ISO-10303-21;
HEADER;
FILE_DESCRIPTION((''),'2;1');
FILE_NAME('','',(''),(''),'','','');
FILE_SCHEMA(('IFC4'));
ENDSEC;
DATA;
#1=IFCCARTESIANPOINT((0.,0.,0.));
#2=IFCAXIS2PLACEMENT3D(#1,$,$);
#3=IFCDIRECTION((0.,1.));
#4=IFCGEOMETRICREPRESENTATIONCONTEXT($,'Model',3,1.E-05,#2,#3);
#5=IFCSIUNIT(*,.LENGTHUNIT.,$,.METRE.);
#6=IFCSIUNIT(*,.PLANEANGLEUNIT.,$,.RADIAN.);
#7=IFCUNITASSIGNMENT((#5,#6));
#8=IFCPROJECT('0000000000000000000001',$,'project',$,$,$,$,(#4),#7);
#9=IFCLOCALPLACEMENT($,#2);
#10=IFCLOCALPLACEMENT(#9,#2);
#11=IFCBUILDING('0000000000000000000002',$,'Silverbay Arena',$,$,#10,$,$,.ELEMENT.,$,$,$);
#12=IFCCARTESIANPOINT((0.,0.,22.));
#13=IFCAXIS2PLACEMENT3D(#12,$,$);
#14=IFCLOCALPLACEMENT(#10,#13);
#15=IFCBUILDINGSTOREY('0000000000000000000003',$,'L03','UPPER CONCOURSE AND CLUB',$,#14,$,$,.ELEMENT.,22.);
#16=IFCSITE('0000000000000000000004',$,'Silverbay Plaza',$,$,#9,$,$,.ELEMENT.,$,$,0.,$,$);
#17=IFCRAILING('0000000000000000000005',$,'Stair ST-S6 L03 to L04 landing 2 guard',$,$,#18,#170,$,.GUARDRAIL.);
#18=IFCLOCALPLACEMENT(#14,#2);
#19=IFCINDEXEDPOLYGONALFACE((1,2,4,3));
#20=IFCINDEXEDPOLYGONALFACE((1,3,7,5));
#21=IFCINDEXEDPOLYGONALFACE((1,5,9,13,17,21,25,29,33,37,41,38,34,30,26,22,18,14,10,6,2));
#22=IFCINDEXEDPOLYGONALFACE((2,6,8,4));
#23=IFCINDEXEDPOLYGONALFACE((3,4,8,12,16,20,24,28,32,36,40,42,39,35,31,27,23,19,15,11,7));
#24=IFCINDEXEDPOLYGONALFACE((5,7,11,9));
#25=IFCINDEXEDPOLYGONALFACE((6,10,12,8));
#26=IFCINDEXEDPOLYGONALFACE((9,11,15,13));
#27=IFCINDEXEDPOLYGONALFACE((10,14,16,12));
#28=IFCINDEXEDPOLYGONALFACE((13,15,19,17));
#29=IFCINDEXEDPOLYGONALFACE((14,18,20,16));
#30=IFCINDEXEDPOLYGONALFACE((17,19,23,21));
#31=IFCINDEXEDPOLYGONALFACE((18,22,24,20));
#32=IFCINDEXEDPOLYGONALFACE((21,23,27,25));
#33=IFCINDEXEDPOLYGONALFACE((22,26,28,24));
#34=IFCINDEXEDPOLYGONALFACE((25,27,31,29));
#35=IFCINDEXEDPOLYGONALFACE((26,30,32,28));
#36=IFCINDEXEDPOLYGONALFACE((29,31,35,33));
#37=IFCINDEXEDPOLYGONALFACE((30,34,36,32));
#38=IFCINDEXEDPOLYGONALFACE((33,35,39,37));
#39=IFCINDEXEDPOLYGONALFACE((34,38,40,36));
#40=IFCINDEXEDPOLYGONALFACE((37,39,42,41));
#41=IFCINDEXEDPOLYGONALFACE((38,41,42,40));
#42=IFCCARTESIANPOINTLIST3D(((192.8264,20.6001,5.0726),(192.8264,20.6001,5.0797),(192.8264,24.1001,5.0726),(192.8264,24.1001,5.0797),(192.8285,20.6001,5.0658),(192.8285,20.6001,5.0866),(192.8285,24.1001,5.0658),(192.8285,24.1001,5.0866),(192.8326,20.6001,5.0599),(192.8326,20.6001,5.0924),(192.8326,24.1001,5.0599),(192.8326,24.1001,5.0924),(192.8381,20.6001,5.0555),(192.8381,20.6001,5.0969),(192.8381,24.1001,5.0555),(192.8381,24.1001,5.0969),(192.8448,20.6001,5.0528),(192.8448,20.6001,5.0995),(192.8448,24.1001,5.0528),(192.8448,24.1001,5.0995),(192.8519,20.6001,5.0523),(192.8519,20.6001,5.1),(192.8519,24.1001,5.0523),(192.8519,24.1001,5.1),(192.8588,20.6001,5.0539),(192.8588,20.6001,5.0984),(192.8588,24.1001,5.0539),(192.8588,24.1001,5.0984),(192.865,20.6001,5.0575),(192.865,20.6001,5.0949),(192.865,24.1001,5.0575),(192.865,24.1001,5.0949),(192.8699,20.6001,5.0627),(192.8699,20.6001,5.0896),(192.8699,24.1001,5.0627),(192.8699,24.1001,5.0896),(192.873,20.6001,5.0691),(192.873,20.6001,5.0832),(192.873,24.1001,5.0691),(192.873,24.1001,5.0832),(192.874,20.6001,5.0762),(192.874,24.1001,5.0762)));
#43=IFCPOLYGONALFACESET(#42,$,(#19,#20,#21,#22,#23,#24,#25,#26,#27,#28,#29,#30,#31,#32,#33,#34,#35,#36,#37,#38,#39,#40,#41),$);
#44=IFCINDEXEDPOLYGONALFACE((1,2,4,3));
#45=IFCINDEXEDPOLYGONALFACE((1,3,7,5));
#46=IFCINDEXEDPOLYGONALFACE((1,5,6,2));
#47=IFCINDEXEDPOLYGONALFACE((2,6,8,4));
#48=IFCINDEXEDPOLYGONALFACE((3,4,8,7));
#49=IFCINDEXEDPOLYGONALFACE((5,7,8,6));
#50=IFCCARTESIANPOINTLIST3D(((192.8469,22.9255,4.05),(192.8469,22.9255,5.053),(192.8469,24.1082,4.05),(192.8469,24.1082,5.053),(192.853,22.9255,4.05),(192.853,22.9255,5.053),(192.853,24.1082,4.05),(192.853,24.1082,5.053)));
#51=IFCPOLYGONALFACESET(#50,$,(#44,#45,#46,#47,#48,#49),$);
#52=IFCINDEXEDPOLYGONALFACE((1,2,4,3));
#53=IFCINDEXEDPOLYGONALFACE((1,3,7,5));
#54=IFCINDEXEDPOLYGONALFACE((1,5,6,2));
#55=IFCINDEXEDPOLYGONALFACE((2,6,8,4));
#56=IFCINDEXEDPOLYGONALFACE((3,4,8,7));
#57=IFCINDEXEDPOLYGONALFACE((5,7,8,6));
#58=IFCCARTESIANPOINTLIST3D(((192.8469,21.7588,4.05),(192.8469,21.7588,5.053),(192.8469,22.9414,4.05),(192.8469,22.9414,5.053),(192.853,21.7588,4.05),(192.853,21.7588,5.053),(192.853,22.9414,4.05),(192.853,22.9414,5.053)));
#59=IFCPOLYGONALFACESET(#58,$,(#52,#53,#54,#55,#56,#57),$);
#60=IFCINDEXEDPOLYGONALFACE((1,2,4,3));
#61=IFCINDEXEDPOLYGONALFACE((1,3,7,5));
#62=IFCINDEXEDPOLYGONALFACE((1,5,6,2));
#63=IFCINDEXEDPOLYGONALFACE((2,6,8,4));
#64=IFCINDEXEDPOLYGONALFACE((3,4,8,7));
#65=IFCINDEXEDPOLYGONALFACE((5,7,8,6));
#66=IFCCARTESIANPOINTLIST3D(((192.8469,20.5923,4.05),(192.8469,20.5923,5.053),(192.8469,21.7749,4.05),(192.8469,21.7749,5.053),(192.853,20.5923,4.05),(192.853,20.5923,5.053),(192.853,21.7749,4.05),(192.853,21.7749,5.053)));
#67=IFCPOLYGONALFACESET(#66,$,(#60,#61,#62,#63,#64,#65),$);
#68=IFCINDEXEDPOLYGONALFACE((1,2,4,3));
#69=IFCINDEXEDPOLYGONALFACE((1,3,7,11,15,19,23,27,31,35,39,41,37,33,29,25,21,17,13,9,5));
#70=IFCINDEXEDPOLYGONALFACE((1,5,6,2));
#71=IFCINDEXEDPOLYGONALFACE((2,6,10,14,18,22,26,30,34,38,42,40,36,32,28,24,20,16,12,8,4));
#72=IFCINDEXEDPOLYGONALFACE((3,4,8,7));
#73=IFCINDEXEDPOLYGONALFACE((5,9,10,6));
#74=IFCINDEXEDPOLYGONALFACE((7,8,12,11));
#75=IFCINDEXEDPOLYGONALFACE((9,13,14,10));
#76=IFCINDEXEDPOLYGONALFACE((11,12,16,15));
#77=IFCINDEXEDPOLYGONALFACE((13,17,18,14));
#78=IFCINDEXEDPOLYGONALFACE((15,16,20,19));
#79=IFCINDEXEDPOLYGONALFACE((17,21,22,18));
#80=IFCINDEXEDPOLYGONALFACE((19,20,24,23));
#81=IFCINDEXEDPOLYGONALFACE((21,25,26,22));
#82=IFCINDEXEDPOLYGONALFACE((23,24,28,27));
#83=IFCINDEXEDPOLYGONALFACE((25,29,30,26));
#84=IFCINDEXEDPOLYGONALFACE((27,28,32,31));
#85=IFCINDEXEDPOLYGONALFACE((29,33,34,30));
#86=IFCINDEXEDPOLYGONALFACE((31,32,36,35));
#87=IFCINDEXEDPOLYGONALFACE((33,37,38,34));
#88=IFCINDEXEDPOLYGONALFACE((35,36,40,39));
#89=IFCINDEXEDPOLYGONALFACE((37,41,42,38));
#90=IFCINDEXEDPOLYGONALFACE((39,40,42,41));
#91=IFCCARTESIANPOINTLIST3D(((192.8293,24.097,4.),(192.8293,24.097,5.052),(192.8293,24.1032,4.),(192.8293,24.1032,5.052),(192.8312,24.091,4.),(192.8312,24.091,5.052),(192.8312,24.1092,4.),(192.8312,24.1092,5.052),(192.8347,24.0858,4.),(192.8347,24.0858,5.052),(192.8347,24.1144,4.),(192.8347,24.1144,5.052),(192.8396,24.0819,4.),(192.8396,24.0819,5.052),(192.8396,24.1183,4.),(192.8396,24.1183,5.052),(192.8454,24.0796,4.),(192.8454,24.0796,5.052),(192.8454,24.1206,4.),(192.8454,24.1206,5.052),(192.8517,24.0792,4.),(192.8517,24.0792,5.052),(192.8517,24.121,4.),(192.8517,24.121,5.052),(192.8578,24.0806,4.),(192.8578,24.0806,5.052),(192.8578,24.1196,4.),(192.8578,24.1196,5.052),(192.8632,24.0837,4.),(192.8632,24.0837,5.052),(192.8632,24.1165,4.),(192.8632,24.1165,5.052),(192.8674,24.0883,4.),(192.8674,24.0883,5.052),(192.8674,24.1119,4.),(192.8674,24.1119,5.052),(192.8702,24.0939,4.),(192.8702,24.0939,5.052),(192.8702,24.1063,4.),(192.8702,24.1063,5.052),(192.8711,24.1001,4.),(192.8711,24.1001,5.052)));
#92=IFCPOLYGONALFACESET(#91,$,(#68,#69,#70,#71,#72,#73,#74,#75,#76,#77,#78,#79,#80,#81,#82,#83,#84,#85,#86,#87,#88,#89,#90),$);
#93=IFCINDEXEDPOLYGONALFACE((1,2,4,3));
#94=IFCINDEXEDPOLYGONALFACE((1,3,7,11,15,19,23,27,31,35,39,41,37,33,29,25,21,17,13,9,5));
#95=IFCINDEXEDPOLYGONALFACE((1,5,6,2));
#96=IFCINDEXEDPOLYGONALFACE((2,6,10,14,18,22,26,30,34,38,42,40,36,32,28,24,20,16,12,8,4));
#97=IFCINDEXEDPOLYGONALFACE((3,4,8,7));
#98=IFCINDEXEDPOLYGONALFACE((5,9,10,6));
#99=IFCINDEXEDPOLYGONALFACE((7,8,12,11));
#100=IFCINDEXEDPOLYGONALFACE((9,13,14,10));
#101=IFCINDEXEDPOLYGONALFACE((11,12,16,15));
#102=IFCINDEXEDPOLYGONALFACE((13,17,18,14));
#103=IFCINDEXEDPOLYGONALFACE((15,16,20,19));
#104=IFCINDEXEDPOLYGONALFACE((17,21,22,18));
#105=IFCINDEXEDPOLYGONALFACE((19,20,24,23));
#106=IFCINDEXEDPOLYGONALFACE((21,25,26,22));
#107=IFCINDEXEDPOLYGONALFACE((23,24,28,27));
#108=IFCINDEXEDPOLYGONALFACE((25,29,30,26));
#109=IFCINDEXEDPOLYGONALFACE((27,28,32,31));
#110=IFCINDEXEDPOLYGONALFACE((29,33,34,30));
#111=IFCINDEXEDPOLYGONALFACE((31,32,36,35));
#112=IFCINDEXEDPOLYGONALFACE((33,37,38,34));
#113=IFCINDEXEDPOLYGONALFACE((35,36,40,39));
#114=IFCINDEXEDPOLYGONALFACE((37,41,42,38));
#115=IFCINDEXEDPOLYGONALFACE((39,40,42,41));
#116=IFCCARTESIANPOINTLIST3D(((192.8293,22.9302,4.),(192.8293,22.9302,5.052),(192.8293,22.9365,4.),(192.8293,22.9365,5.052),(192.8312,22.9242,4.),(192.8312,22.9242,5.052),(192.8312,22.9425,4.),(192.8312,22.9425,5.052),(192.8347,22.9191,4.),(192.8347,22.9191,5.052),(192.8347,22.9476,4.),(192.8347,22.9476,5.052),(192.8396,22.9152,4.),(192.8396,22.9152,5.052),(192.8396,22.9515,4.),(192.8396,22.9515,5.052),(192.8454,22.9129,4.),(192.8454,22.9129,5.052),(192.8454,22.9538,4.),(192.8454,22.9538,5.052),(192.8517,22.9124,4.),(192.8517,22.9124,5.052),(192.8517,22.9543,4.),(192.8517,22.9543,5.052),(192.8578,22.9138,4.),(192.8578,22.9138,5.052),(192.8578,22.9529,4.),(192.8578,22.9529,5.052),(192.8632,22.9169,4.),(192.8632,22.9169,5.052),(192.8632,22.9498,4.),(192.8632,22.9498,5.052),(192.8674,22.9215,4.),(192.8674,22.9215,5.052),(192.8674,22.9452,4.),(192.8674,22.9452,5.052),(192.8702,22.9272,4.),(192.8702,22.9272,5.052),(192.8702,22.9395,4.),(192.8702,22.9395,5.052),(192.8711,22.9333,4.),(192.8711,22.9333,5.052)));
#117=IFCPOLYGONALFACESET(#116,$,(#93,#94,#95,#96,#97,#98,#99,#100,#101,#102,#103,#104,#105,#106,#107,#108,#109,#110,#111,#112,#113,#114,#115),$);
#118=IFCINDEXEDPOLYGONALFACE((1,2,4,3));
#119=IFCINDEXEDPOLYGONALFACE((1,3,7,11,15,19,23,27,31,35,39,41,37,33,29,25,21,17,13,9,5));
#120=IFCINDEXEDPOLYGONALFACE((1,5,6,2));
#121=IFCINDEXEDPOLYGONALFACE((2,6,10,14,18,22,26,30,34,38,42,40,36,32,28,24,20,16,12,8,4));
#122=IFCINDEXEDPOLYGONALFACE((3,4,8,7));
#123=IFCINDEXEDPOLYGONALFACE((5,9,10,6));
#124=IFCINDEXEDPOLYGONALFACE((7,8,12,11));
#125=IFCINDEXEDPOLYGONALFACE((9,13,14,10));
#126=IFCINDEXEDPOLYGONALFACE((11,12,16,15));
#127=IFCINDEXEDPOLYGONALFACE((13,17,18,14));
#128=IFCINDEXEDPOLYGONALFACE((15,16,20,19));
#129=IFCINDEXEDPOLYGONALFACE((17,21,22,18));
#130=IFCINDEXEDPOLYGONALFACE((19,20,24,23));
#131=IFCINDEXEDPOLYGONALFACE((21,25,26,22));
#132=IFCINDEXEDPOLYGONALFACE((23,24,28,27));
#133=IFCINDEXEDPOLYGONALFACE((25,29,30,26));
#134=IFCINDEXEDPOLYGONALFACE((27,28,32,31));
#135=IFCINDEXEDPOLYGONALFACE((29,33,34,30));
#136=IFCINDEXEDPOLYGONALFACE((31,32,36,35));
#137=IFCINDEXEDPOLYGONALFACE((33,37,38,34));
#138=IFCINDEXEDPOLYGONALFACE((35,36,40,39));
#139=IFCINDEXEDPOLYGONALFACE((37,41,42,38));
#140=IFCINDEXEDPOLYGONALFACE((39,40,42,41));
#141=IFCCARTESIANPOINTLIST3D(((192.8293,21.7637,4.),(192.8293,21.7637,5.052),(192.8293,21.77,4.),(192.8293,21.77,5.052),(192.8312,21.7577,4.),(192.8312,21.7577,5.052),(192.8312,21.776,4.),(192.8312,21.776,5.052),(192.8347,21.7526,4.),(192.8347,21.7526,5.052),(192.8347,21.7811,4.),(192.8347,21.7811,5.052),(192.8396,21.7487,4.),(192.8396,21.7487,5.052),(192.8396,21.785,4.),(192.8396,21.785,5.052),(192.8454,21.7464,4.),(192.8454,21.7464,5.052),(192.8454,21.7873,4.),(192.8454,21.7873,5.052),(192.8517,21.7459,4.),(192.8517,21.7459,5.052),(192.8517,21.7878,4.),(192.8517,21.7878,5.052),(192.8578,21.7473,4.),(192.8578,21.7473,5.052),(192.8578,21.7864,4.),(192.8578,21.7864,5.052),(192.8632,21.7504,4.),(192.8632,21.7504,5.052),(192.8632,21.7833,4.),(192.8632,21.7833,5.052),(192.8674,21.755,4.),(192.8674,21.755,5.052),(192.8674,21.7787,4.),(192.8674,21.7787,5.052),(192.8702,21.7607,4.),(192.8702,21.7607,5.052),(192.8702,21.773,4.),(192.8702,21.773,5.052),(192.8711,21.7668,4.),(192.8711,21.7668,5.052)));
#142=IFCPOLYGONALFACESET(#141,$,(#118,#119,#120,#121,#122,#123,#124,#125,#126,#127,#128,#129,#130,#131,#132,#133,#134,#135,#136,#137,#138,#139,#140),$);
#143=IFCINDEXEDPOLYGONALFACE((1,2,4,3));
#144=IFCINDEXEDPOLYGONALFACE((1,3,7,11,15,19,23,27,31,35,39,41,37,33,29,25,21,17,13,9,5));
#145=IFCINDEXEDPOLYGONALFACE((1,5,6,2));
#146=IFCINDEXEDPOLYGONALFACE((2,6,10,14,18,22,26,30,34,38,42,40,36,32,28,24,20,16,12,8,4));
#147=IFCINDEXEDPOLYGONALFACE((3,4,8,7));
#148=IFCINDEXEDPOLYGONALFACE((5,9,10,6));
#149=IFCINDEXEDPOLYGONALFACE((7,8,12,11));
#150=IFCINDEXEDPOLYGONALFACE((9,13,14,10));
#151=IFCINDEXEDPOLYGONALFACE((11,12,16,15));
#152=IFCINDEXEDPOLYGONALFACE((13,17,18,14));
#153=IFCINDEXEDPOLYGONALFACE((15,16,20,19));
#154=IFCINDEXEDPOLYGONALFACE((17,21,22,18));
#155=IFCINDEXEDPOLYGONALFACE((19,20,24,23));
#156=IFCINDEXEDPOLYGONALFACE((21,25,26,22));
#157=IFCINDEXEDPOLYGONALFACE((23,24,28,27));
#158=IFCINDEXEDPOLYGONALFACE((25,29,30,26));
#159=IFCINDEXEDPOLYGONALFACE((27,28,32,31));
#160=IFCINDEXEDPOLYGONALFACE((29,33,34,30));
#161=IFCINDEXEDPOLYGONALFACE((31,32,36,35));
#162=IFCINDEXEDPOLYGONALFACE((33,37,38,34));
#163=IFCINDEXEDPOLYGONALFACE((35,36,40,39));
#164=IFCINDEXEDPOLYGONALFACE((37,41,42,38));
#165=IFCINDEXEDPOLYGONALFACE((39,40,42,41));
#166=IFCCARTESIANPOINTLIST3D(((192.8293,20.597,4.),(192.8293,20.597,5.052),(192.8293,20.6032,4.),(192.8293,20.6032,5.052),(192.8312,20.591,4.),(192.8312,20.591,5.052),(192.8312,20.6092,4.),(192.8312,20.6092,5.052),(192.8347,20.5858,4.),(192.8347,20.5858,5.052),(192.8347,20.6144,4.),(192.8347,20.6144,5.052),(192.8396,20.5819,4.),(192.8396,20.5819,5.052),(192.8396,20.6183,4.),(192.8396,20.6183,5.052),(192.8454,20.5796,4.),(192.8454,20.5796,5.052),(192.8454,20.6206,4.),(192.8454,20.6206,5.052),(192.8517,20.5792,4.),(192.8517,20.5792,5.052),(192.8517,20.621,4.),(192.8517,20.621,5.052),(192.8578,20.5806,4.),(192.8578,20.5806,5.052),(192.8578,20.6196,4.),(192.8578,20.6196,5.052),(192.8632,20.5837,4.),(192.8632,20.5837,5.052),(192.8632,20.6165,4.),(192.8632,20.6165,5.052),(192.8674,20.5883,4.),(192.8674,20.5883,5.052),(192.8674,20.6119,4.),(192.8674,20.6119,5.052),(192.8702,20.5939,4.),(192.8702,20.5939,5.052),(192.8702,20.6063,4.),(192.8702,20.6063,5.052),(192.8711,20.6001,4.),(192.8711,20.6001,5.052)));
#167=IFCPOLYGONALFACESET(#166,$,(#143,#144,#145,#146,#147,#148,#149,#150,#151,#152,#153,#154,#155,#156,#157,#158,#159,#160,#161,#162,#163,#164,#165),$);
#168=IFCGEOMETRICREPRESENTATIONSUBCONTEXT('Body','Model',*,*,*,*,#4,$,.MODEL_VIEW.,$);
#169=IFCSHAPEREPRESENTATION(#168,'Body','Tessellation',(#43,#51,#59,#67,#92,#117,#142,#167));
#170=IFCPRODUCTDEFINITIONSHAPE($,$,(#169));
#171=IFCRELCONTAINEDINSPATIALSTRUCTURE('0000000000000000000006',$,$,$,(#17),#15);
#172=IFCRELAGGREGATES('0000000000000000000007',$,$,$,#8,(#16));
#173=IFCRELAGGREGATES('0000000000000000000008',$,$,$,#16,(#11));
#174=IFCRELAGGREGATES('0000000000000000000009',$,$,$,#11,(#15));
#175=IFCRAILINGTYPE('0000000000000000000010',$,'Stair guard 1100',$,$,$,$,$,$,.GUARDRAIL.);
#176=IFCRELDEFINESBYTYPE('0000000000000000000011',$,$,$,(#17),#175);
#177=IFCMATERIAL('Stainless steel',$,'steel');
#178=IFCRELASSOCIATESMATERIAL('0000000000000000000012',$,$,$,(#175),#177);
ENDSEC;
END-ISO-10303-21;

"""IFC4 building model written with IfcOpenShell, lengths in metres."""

from ifc_helpers import new_model, si_unit, direction, frame, origin, origin_2d, place, context, subcontext, project, spatial, polyline, circle, outline, extrude, material, type_object, element, save


model = new_model("IFC4")

# Units and contexts
model_context = context("Model", 3, precision=1e-05, world=origin(), true_north=direction((0.0, 1.0)))
body_context = subcontext(model_context, "Body", "Model", "MODEL_VIEW")
ifc_project = project(units=[si_unit("LENGTHUNIT", "METRE"), si_unit("PLANEANGLEUNIT", "RADIAN")], contexts=[model_context])

# Site, building, storey
site_placement = place(None, origin())
site = spatial("IfcSite", under=ifc_project, at=site_placement, Name="Silverbay Plaza", CompositionType="ELEMENT", RefElevation=0.0)
building_placement = place(site_placement, origin())
building = spatial("IfcBuilding", under=site, at=building_placement, Name="Silverbay Arena", CompositionType="ELEMENT")
storey_placement = place(building_placement, frame((0.0, 0.0, 22.0)))
storey = spatial("IfcBuildingStorey", under=building, at=storey_placement, Name="L03", Description="UPPER CONCOURSE AND CLUB", CompositionType="ELEMENT", Elevation=22.0)

# Railing
ifc_material_1 = material(Name="Stainless steel", Category="steel")
railing_type_1 = type_object("IfcRailingType", Name="Stair guard 1100", PredefinedType="GUARDRAIL", material=ifc_material_1)
railing_1_placement = place(storey_placement, frame((192.8501, 24.1001, 4.0)))
element("IfcRailing", 1, at=railing_1_placement, inside=storey, type_object=railing_type_1, Name="Stair ST-S6 L03 to L04 landing 2 guard", PredefinedType="GUARDRAIL", context=body_context, shape_type="SweptSolid", body=[
    extrude(circle(Radius=0.0239, at=origin_2d()), frame((0.0, 0.0, 1.0762), z_axis=(0.0, -1.0, 0.0), x_axis=(1.0, 0.0, 0.0)), (0.0, 0.0, 1.0), 3.5),
    extrude(outline(polyline([(-0.0081, 0.05), (1.1746, 0.05), (1.1746, 1.053), (-0.0081, 1.053), (-0.0081, 0.05)])), frame((0.0029, 0.0, 0.0), z_axis=(-1.0, 0.0, 0.0), x_axis=(0.0, -1.0, 0.0)), (0.0, 0.0, 1.0), 0.0061),
    extrude(outline(polyline([(-0.0081, 0.05), (1.1746, 0.05), (1.1746, 1.053), (-0.0081, 1.053), (-0.0081, 0.05)])), frame((0.0029, -1.1667, 0.0), z_axis=(-1.0, 0.0, 0.0), x_axis=(0.0, -1.0, 0.0)), (0.0, 0.0, 1.0), 0.0061),
    extrude(outline(polyline([(-0.0081, 0.05), (1.1746, 0.05), (1.1746, 1.053), (-0.0081, 1.053), (-0.0081, 0.05)])), frame((0.0029, -2.3333, 0.0), z_axis=(-1.0, 0.0, 0.0), x_axis=(0.0, -1.0, 0.0)), (0.0, 0.0, 1.0), 0.0061),
    extrude(circle(Radius=0.021, at=origin_2d()), origin(), (0.0, 0.0, 1.0), 1.052),
    extrude(circle(Radius=0.021, at=origin_2d()), frame((0.0, -1.1667, 0.0)), (0.0, 0.0, 1.0), 1.052),
    extrude(circle(Radius=0.021, at=origin_2d()), frame((0.0, -2.3333, 0.0)), (0.0, 0.0, 1.0), 1.052),
    extrude(circle(Radius=0.021, at=origin_2d()), frame((0.0, -3.5, 0.0)), (0.0, 0.0, 1.0), 1.052),
])

save(model, "model.ifc")
